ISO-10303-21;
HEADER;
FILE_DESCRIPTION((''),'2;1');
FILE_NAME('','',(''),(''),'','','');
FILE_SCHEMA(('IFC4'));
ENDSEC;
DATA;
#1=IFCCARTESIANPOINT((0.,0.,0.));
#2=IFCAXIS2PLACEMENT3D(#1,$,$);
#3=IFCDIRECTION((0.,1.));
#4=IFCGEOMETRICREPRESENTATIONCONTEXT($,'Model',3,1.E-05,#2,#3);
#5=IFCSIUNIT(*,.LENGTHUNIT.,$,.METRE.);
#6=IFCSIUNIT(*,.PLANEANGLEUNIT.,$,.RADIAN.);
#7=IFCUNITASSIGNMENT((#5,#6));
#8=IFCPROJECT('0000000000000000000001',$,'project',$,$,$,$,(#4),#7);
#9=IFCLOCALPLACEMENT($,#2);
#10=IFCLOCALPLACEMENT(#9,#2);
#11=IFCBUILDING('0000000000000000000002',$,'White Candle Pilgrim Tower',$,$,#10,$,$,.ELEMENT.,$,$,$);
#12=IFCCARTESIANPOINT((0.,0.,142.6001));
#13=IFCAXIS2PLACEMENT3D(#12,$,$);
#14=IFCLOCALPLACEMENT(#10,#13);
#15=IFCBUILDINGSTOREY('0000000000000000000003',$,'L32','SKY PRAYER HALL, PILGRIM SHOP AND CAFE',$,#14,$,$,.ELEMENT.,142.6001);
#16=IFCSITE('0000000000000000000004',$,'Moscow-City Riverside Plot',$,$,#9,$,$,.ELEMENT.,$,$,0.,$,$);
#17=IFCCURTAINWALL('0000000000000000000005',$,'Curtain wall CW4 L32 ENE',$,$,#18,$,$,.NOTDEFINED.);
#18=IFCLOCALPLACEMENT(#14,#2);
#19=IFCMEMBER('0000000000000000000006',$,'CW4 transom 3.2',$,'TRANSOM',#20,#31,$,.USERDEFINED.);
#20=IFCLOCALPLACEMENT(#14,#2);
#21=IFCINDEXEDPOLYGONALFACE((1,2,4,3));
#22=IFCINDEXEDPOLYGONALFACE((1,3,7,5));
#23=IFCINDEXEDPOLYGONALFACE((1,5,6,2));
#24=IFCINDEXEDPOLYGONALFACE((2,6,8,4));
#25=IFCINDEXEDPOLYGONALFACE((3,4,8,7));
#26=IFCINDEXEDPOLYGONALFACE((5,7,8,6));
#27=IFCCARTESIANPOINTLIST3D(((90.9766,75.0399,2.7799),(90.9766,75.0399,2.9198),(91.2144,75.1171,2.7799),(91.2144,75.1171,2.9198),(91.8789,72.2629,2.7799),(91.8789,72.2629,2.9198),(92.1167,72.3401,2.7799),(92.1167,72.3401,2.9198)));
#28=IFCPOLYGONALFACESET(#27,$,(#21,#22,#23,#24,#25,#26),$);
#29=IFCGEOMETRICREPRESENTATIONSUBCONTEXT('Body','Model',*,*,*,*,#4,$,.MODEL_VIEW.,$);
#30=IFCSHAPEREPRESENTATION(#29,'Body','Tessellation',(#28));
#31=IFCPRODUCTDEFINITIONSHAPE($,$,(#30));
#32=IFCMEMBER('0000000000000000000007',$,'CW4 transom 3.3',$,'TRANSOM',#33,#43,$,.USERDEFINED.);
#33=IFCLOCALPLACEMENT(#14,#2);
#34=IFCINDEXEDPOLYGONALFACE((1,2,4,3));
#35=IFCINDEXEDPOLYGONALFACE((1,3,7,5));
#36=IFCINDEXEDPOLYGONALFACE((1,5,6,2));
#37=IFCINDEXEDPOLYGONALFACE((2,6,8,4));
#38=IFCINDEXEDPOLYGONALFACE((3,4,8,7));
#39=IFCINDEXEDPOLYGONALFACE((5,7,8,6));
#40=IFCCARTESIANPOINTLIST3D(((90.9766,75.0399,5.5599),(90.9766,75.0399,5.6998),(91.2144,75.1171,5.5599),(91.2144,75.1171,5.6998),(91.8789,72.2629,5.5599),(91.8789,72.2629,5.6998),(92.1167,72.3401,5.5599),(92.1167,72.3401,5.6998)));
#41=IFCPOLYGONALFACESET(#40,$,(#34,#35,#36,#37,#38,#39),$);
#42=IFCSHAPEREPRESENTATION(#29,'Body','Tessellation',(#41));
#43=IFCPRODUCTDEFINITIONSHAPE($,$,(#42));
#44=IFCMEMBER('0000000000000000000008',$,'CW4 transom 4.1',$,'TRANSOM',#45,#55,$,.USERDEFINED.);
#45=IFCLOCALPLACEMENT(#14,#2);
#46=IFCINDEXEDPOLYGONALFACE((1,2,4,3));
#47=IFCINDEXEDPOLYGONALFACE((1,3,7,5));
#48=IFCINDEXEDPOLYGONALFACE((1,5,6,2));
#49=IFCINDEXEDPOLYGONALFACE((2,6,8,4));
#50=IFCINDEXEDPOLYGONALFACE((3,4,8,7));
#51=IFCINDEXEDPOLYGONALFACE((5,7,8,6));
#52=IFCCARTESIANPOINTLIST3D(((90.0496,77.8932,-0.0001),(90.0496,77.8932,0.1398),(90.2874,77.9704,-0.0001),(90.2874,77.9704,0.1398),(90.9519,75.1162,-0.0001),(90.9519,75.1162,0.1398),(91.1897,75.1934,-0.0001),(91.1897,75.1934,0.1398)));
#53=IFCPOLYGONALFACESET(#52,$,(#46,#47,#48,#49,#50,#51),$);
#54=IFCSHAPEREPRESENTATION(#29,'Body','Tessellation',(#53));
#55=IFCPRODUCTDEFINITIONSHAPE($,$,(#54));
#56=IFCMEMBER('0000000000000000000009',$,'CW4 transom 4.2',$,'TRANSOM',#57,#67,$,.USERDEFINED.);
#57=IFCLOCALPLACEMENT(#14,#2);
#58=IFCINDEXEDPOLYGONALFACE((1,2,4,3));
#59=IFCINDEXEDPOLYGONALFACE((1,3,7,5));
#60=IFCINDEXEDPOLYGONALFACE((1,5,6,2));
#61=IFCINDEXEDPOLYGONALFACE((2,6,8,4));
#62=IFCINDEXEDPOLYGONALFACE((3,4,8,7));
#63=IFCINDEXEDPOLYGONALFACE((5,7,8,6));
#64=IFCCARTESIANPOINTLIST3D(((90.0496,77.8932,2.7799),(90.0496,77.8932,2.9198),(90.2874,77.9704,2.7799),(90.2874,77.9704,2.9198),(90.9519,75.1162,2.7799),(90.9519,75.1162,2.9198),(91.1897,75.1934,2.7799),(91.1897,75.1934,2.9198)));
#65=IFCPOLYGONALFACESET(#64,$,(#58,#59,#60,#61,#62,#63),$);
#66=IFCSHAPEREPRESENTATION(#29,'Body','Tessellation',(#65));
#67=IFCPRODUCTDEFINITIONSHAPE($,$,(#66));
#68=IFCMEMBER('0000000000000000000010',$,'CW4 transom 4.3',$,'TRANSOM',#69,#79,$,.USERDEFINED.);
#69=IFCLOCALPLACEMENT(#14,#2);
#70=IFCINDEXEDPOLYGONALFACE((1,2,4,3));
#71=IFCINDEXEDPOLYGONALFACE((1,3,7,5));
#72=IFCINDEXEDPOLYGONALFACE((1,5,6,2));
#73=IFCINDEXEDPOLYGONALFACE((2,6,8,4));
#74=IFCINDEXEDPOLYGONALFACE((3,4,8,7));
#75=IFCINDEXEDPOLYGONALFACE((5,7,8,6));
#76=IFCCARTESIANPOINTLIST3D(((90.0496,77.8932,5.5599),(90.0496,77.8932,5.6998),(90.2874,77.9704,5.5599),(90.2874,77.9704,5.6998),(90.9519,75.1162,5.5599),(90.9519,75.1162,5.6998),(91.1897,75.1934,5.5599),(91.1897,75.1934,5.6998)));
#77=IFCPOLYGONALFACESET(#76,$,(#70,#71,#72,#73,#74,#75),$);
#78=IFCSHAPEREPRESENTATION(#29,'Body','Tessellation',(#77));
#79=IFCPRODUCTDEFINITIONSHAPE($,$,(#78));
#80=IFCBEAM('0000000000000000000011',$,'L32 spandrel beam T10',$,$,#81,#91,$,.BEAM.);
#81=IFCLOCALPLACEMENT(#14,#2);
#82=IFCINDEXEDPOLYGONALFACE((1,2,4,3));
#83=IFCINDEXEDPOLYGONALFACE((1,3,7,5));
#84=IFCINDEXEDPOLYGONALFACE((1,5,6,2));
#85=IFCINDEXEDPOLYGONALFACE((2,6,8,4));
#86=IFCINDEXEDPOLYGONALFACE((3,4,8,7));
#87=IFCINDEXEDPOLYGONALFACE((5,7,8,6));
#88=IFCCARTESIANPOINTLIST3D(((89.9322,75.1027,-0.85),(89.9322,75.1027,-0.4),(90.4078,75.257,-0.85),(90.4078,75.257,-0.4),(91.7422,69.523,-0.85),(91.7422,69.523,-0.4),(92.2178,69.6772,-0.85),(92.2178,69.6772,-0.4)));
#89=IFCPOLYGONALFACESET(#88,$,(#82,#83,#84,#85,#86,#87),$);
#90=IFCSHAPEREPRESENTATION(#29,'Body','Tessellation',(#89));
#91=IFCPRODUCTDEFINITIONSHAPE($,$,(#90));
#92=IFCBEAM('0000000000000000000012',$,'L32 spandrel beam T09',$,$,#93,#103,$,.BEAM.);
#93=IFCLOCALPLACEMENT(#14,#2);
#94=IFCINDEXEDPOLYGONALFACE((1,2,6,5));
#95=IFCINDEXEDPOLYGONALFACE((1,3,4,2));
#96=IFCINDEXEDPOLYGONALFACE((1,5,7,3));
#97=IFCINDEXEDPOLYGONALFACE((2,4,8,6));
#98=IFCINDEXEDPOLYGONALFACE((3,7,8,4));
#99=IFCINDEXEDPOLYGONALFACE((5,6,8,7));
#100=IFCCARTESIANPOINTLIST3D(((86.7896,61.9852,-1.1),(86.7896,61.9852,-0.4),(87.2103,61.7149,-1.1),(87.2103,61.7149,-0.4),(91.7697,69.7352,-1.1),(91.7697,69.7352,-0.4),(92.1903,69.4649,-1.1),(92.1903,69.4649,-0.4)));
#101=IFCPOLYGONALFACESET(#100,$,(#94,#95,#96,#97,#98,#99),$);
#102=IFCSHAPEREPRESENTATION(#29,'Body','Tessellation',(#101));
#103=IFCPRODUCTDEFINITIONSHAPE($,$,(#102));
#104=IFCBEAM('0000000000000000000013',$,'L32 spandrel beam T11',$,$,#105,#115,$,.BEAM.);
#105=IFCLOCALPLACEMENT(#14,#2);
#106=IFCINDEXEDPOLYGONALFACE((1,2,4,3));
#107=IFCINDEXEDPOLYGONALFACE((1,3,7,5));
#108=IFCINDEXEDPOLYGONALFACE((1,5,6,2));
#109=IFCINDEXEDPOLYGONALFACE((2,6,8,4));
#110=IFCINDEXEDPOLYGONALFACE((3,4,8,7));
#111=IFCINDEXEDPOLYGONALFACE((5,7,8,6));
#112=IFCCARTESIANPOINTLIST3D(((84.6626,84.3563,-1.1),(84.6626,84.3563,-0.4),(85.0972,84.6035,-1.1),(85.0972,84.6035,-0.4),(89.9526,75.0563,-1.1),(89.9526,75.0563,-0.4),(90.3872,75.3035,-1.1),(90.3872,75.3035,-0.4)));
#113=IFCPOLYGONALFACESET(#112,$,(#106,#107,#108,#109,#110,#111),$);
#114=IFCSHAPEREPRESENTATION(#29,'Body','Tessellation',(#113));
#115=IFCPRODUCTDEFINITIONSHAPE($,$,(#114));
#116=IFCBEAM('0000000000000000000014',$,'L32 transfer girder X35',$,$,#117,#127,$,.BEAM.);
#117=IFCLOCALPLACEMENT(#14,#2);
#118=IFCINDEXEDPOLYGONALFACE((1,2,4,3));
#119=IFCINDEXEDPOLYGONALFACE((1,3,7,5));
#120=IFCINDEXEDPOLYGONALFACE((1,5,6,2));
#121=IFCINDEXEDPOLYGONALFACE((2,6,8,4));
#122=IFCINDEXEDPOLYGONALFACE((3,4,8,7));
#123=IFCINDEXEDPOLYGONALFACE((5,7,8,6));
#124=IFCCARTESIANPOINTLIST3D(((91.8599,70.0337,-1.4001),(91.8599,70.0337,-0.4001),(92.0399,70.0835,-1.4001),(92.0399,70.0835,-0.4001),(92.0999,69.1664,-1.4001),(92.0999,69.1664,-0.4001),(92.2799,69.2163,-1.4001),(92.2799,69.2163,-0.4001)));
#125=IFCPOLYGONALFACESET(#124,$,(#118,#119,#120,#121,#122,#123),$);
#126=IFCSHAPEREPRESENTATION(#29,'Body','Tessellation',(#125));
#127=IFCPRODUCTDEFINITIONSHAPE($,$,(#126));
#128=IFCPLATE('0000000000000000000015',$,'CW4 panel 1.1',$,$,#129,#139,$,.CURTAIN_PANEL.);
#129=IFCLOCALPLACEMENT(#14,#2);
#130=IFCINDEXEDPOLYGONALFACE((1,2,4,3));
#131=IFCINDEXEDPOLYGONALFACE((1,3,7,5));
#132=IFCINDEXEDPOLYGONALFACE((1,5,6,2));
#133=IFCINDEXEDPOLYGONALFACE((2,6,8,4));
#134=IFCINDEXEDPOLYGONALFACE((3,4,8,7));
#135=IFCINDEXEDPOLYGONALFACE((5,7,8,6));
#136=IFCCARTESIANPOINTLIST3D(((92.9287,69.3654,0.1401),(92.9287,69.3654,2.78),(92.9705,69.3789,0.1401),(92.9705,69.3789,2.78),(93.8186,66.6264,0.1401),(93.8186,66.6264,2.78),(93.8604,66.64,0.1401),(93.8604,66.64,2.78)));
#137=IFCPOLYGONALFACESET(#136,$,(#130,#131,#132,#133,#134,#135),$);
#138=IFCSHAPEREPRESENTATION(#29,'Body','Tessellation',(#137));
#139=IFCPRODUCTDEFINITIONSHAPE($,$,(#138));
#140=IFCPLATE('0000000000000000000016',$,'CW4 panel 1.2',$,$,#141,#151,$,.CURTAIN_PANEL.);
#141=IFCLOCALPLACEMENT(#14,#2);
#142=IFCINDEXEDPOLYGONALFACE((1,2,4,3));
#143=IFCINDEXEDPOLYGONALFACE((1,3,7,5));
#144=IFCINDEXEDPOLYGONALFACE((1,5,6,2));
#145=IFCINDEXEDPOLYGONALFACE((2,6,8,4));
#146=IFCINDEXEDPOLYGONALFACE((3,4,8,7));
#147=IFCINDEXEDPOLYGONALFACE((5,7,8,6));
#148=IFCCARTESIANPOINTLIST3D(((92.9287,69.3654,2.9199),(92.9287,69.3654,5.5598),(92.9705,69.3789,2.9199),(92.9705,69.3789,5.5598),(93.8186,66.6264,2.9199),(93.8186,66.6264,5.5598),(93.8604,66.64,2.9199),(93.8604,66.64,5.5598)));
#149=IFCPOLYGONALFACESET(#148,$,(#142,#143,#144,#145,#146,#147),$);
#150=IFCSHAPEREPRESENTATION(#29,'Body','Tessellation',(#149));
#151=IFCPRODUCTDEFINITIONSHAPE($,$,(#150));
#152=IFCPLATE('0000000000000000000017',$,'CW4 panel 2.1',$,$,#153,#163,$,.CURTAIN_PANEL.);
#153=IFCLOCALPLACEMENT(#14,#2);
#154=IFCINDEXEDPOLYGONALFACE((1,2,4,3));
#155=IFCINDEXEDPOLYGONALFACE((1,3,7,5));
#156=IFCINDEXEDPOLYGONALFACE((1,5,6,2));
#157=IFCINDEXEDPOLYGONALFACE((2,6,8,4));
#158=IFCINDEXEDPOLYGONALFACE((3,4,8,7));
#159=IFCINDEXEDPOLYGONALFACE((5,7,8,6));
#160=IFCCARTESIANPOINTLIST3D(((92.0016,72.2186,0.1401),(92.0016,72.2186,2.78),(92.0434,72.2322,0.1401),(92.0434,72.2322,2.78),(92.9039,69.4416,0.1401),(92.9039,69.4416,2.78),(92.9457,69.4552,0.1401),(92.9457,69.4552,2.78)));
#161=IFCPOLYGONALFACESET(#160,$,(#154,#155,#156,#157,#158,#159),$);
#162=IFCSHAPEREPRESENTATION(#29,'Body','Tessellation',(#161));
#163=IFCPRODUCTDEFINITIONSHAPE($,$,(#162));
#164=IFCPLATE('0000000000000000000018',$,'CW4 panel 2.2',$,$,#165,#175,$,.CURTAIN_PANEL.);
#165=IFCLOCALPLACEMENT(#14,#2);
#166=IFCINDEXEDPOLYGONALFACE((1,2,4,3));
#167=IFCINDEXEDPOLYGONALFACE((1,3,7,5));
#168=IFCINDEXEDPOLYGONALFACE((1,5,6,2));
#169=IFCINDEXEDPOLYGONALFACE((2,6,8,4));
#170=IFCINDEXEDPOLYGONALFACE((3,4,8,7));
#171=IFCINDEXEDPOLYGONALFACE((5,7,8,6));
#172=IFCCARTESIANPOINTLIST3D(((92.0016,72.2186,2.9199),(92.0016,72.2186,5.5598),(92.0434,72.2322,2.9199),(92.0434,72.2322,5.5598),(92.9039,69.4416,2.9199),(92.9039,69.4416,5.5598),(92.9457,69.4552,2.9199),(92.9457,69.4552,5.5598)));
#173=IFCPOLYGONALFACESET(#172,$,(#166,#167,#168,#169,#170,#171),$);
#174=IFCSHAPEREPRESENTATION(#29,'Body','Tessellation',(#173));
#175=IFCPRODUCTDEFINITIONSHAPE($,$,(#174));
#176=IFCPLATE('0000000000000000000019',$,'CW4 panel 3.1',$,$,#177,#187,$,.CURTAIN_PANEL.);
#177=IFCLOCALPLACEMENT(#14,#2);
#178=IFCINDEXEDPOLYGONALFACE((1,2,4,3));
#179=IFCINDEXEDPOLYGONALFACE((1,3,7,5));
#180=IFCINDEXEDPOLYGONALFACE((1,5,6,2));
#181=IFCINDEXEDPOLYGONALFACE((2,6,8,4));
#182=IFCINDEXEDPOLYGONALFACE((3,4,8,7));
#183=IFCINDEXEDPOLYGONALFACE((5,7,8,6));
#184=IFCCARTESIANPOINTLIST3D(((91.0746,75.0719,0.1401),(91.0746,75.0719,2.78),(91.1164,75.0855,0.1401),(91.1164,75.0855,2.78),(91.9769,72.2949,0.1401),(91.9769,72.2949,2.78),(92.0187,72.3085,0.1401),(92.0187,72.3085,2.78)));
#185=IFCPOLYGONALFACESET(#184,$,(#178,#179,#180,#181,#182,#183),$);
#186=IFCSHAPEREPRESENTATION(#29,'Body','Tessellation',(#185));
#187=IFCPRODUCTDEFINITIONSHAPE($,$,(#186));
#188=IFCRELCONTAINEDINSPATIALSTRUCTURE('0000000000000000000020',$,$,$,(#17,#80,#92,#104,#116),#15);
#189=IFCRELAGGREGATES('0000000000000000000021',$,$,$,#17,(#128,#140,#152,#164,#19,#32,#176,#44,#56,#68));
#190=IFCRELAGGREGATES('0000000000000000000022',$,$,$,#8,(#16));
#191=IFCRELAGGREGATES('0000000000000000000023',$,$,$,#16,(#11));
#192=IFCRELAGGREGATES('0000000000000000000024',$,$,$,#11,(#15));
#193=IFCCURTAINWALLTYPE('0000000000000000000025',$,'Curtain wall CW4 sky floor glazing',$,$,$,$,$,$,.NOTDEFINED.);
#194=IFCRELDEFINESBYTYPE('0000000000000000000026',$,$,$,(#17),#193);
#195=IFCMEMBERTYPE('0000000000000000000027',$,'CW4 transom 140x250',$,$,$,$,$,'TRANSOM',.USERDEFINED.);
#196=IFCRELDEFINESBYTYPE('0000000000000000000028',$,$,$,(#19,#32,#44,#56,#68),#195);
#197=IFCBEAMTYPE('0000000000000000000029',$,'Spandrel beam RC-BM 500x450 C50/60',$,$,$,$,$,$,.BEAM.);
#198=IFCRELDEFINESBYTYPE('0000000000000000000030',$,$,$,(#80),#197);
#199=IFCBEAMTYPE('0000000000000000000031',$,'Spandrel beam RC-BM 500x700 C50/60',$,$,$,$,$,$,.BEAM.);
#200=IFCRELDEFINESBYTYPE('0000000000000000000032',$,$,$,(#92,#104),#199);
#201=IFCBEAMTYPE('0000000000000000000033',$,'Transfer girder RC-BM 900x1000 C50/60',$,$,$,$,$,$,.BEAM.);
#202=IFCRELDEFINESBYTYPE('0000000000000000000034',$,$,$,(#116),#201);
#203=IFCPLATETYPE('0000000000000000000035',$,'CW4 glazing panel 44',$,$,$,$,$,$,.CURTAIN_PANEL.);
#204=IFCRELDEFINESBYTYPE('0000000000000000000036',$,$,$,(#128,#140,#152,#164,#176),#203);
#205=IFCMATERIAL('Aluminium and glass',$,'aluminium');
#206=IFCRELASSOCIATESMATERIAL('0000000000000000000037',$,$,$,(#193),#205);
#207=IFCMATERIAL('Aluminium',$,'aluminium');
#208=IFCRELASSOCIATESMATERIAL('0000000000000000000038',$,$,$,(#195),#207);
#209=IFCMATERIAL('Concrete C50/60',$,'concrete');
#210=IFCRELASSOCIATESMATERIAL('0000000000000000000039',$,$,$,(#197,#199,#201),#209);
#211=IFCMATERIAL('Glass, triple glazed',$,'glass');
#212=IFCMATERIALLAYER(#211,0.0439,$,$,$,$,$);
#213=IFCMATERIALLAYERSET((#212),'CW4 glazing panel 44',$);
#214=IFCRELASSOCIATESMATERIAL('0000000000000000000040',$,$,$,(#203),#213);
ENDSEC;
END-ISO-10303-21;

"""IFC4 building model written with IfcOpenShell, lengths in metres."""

from ifc_helpers import new_model, si_unit, direction, frame, origin, origin_2d, place, context, subcontext, project, spatial, rectangle, extrude, material, layer, layer_set, material_profile, profile_set, type_object, element, aggregate, save


model = new_model("IFC4")

# Units and contexts
model_context = context("Model", 3, precision=1e-05, world=origin(), true_north=direction((0.0, 1.0)))
body_context = subcontext(model_context, "Body", "Model", "MODEL_VIEW")
ifc_project = project(units=[si_unit("LENGTHUNIT", "METRE"), si_unit("PLANEANGLEUNIT", "RADIAN")], contexts=[model_context])

# Site, building, storey
site_placement = place(None, origin())
site = spatial("IfcSite", under=ifc_project, at=site_placement, Name="Moscow-City Riverside Plot", CompositionType="ELEMENT", RefElevation=0.0)
building_placement = place(site_placement, origin())
building = spatial("IfcBuilding", under=site, at=building_placement, Name="White Candle Pilgrim Tower", CompositionType="ELEMENT")
storey_placement = place(building_placement, frame((0.0, 0.0, 142.6001)))
storey = spatial("IfcBuildingStorey", under=building, at=storey_placement, Name="L32", Description="SKY PRAYER HALL, PILGRIM SHOP AND CAFE", CompositionType="ELEMENT", Elevation=142.6001)

# Curtain wall, members
ifc_material_1 = material(Name="Aluminium and glass", Category="aluminium")
curtain_wall_type = type_object("IfcCurtainWallType", Name="Curtain wall CW4 sky floor glazing", PredefinedType="NOTDEFINED", material=ifc_material_1)
curtain_wall_placement = place(storey_placement, origin())
curtain_wall = element("IfcCurtainWall", 1, at=curtain_wall_placement, inside=storey, type_object=curtain_wall_type, Name="Curtain wall CW4 L32 ENE", PredefinedType="NOTDEFINED")
ifc_material_2 = material(Name="Aluminium", Category="aluminium")
ifc_material_profile_1 = material_profile(ifc_material_2, rectangle(XDim=0.25, YDim=0.1399, at=origin_2d()), Name="CW4 transom 140x250")
ifc_profile_set_1 = profile_set([ifc_material_profile_1], Name="Aluminium")
member_type_1 = type_object("IfcMemberType", Name="CW4 transom 140x250", ElementType="TRANSOM", PredefinedType="USERDEFINED", material=ifc_profile_set_1)
member_1_placement = place(storey_placement, frame((91.9978, 72.3015, 2.8499), z_axis=(-0.30902, 0.951056, 0.0), x_axis=(-0.951056, -0.30902, 0.0)))
member_1 = element("IfcMember", 2, at=member_1_placement, type_object=member_type_1, Name="CW4 transom 3.2", ObjectType="TRANSOM", PredefinedType="USERDEFINED", context=body_context, shape_type="SweptSolid", body=[
    extrude(rectangle(XDim=0.25, YDim=0.1399, at=origin_2d()), origin(), (0.0, 0.0, 1.0), 2.9199),
])
member_2_placement = place(storey_placement, frame((91.9978, 72.3015, 5.6299), z_axis=(-0.30902, 0.951056, 0.0), x_axis=(-0.951056, -0.30902, 0.0)))
member_2 = element("IfcMember", 3, at=member_2_placement, type_object=member_type_1, Name="CW4 transom 3.3", ObjectType="TRANSOM", PredefinedType="USERDEFINED", context=body_context, shape_type="SweptSolid", body=[
    extrude(rectangle(XDim=0.25, YDim=0.1399, at=origin_2d()), origin(), (0.0, 0.0, 1.0), 2.9199),
])
member_3_placement = place(storey_placement, frame((91.0708, 75.1548, 0.0698), z_axis=(-0.30902, 0.951056, 0.0), x_axis=(-0.951056, -0.30902, 0.0)))
member_3 = element("IfcMember", 4, at=member_3_placement, type_object=member_type_1, Name="CW4 transom 4.1", ObjectType="TRANSOM", PredefinedType="USERDEFINED", context=body_context, shape_type="SweptSolid", body=[
    extrude(rectangle(XDim=0.25, YDim=0.1399, at=origin_2d()), origin(), (0.0, 0.0, 1.0), 2.9199),
])
member_4_placement = place(storey_placement, frame((91.0708, 75.1548, 2.8499), z_axis=(-0.30902, 0.951056, 0.0), x_axis=(-0.951056, -0.30902, 0.0)))
member_4 = element("IfcMember", 5, at=member_4_placement, type_object=member_type_1, Name="CW4 transom 4.2", ObjectType="TRANSOM", PredefinedType="USERDEFINED", context=body_context, shape_type="SweptSolid", body=[
    extrude(rectangle(XDim=0.25, YDim=0.1399, at=origin_2d()), origin(), (0.0, 0.0, 1.0), 2.9199),
])
member_5_placement = place(storey_placement, frame((91.0708, 75.1548, 5.6299), z_axis=(-0.30902, 0.951056, 0.0), x_axis=(-0.951056, -0.30902, 0.0)))
member_5 = element("IfcMember", 6, at=member_5_placement, type_object=member_type_1, Name="CW4 transom 4.3", ObjectType="TRANSOM", PredefinedType="USERDEFINED", context=body_context, shape_type="SweptSolid", body=[
    extrude(rectangle(XDim=0.25, YDim=0.1399, at=origin_2d()), origin(), (0.0, 0.0, 1.0), 2.9199),
])

# Beams
ifc_material_3 = material(Name="Concrete C50/60", Category="concrete")
ifc_material_profile_2 = material_profile(ifc_material_3, rectangle(XDim=0.5, YDim=0.45, at=origin_2d()), Name="RC-BM 500x450")
ifc_profile_set_2 = profile_set([ifc_material_profile_2], Name="Concrete C50/60")
beam_type_1 = type_object("IfcBeamType", Name="Spandrel beam RC-BM 500x450 C50/60", PredefinedType="BEAM", material=ifc_profile_set_2)
beam_1_placement = place(storey_placement, frame((91.98, 69.6001, -0.625), z_axis=(-0.308564, 0.951204, 0.0), x_axis=(-0.951204, -0.308564, 0.0)))
element("IfcBeam", 7, at=beam_1_placement, inside=storey, type_object=beam_type_1, Name="L32 spandrel beam T10", PredefinedType="BEAM", context=body_context, shape_type="SweptSolid", body=[
    extrude(rectangle(XDim=0.5, YDim=0.45, at=origin_2d()), origin(), (0.0, 0.0, 1.0), 5.866),
])
ifc_material_profile_3 = material_profile(ifc_material_3, rectangle(XDim=0.5, YDim=0.7, at=origin_2d()), Name="RC-BM 500x700")
ifc_profile_set_3 = profile_set([ifc_material_profile_3], Name="Concrete C50/60")
beam_type_2 = type_object("IfcBeamType", Name="Spandrel beam RC-BM 500x700 C50/60", PredefinedType="BEAM", material=ifc_profile_set_3)
beam_2_placement = place(storey_placement, frame((91.98, 69.6001, -0.75), z_axis=(-0.540591, -0.841285, 0.0), x_axis=(0.841285, -0.540591, 0.0)))
element("IfcBeam", 8, at=beam_2_placement, inside=storey, type_object=beam_type_2, Name="L32 spandrel beam T09", PredefinedType="BEAM", context=body_context, shape_type="SweptSolid", body=[
    extrude(rectangle(XDim=0.5, YDim=0.7, at=origin_2d()), origin(), (0.0, 0.0, 1.0), 9.2122),
])
beam_3_placement = place(storey_placement, frame((90.1699, 75.1799, -0.75), z_axis=(-0.494428, 0.869219, 0.0), x_axis=(-0.869219, -0.494428, 0.0)))
element("IfcBeam", 9, at=beam_3_placement, inside=storey, type_object=beam_type_2, Name="L32 spandrel beam T11", PredefinedType="BEAM", context=body_context, shape_type="SweptSolid", body=[
    extrude(rectangle(XDim=0.5, YDim=0.7, at=origin_2d()), origin(), (0.0, 0.0, 1.0), 10.6992),
])
ifc_material_profile_4 = material_profile(ifc_material_3, rectangle(XDim=0.8999, YDim=1.0, at=origin_2d()), Name="RC-BM 900x1000")
ifc_profile_set_4 = profile_set([ifc_material_profile_4], Name="Concrete C50/60")
beam_type_3 = type_object("IfcBeamType", Name="Transfer girder RC-BM 900x1000 C50/60", PredefinedType="BEAM", material=ifc_profile_set_4)
beam_4_placement = place(storey_placement, frame((92.1599, 69.6499, -0.9001), z_axis=(-0.963761, -0.266767, 0.0), x_axis=(0.266767, -0.963761, 0.0)))
element("IfcBeam", 10, at=beam_4_placement, inside=storey, type_object=beam_type_3, Name="L32 transfer girder X35", PredefinedType="BEAM", context=body_context, shape_type="SweptSolid", body=[
    extrude(rectangle(XDim=0.8999, YDim=1.0, at=origin_2d()), origin(), (0.0, 0.0, 1.0), 0.1868),
])

# Plates
ifc_material_4 = material(Name="Glass, triple glazed", Category="glass")
ifc_layer_1 = layer(ifc_material_4, 0.0439)
ifc_layer_set_1 = layer_set([ifc_layer_1], Name="CW4 glazing panel 44")
plate_type = type_object("IfcPlateType", Name="CW4 glazing panel 44", PredefinedType="CURTAIN_PANEL", material=ifc_layer_set_1)
plate_1_placement = place(storey_placement, frame((93.3945, 68.0027, 0.1401), z_axis=(0.0, 0.0, 1.0), x_axis=(-0.309017, 0.951057, 0.0)))
plate_1 = element("IfcPlate", 11, at=plate_1_placement, type_object=plate_type, Name="CW4 panel 1.1", PredefinedType="CURTAIN_PANEL", context=body_context, shape_type="SweptSolid", body=[
    extrude(rectangle(XDim=2.8799, YDim=0.0439, at=origin_2d()), origin(), (0.0, 0.0, 1.0), 2.6399),
])
plate_2_placement = place(storey_placement, frame((93.3945, 68.0027, 2.9199), z_axis=(0.0, 0.0, 1.0), x_axis=(-0.309017, 0.951057, 0.0)))
plate_2 = element("IfcPlate", 12, at=plate_2_placement, type_object=plate_type, Name="CW4 panel 1.2", PredefinedType="CURTAIN_PANEL", context=body_context, shape_type="SweptSolid", body=[
    extrude(rectangle(XDim=2.8799, YDim=0.0439, at=origin_2d()), origin(), (0.0, 0.0, 1.0), 2.6399),
])
plate_3_placement = place(storey_placement, frame((92.4736, 70.8369, 0.1401), z_axis=(0.0, 0.0, 1.0), x_axis=(-0.309017, 0.951057, 0.0)))
plate_3 = element("IfcPlate", 13, at=plate_3_placement, type_object=plate_type, Name="CW4 panel 2.1", PredefinedType="CURTAIN_PANEL", context=body_context, shape_type="SweptSolid", body=[
    extrude(rectangle(XDim=2.9199, YDim=0.0439, at=origin_2d()), origin(), (0.0, 0.0, 1.0), 2.6399),
])
plate_4_placement = place(storey_placement, frame((92.4736, 70.8369, 2.9199), z_axis=(0.0, 0.0, 1.0), x_axis=(-0.309017, 0.951057, 0.0)))
plate_4 = element("IfcPlate", 14, at=plate_4_placement, type_object=plate_type, Name="CW4 panel 2.2", PredefinedType="CURTAIN_PANEL", context=body_context, shape_type="SweptSolid", body=[
    extrude(rectangle(XDim=2.9199, YDim=0.0439, at=origin_2d()), origin(), (0.0, 0.0, 1.0), 2.6399),
])
plate_5_placement = place(storey_placement, frame((91.5466, 73.6902, 0.1401), z_axis=(0.0, 0.0, 1.0), x_axis=(-0.309017, 0.951057, 0.0)))
plate_5 = element("IfcPlate", 15, at=plate_5_placement, type_object=plate_type, Name="CW4 panel 3.1", PredefinedType="CURTAIN_PANEL", context=body_context, shape_type="SweptSolid", body=[
    extrude(rectangle(XDim=2.9199, YDim=0.0439, at=origin_2d()), origin(), (0.0, 0.0, 1.0), 2.6399),
])
aggregate(curtain_wall, [plate_1, plate_2, plate_3, plate_4, member_1, member_2, plate_5, member_3, member_4, member_5])

save(model, "model.ifc")
